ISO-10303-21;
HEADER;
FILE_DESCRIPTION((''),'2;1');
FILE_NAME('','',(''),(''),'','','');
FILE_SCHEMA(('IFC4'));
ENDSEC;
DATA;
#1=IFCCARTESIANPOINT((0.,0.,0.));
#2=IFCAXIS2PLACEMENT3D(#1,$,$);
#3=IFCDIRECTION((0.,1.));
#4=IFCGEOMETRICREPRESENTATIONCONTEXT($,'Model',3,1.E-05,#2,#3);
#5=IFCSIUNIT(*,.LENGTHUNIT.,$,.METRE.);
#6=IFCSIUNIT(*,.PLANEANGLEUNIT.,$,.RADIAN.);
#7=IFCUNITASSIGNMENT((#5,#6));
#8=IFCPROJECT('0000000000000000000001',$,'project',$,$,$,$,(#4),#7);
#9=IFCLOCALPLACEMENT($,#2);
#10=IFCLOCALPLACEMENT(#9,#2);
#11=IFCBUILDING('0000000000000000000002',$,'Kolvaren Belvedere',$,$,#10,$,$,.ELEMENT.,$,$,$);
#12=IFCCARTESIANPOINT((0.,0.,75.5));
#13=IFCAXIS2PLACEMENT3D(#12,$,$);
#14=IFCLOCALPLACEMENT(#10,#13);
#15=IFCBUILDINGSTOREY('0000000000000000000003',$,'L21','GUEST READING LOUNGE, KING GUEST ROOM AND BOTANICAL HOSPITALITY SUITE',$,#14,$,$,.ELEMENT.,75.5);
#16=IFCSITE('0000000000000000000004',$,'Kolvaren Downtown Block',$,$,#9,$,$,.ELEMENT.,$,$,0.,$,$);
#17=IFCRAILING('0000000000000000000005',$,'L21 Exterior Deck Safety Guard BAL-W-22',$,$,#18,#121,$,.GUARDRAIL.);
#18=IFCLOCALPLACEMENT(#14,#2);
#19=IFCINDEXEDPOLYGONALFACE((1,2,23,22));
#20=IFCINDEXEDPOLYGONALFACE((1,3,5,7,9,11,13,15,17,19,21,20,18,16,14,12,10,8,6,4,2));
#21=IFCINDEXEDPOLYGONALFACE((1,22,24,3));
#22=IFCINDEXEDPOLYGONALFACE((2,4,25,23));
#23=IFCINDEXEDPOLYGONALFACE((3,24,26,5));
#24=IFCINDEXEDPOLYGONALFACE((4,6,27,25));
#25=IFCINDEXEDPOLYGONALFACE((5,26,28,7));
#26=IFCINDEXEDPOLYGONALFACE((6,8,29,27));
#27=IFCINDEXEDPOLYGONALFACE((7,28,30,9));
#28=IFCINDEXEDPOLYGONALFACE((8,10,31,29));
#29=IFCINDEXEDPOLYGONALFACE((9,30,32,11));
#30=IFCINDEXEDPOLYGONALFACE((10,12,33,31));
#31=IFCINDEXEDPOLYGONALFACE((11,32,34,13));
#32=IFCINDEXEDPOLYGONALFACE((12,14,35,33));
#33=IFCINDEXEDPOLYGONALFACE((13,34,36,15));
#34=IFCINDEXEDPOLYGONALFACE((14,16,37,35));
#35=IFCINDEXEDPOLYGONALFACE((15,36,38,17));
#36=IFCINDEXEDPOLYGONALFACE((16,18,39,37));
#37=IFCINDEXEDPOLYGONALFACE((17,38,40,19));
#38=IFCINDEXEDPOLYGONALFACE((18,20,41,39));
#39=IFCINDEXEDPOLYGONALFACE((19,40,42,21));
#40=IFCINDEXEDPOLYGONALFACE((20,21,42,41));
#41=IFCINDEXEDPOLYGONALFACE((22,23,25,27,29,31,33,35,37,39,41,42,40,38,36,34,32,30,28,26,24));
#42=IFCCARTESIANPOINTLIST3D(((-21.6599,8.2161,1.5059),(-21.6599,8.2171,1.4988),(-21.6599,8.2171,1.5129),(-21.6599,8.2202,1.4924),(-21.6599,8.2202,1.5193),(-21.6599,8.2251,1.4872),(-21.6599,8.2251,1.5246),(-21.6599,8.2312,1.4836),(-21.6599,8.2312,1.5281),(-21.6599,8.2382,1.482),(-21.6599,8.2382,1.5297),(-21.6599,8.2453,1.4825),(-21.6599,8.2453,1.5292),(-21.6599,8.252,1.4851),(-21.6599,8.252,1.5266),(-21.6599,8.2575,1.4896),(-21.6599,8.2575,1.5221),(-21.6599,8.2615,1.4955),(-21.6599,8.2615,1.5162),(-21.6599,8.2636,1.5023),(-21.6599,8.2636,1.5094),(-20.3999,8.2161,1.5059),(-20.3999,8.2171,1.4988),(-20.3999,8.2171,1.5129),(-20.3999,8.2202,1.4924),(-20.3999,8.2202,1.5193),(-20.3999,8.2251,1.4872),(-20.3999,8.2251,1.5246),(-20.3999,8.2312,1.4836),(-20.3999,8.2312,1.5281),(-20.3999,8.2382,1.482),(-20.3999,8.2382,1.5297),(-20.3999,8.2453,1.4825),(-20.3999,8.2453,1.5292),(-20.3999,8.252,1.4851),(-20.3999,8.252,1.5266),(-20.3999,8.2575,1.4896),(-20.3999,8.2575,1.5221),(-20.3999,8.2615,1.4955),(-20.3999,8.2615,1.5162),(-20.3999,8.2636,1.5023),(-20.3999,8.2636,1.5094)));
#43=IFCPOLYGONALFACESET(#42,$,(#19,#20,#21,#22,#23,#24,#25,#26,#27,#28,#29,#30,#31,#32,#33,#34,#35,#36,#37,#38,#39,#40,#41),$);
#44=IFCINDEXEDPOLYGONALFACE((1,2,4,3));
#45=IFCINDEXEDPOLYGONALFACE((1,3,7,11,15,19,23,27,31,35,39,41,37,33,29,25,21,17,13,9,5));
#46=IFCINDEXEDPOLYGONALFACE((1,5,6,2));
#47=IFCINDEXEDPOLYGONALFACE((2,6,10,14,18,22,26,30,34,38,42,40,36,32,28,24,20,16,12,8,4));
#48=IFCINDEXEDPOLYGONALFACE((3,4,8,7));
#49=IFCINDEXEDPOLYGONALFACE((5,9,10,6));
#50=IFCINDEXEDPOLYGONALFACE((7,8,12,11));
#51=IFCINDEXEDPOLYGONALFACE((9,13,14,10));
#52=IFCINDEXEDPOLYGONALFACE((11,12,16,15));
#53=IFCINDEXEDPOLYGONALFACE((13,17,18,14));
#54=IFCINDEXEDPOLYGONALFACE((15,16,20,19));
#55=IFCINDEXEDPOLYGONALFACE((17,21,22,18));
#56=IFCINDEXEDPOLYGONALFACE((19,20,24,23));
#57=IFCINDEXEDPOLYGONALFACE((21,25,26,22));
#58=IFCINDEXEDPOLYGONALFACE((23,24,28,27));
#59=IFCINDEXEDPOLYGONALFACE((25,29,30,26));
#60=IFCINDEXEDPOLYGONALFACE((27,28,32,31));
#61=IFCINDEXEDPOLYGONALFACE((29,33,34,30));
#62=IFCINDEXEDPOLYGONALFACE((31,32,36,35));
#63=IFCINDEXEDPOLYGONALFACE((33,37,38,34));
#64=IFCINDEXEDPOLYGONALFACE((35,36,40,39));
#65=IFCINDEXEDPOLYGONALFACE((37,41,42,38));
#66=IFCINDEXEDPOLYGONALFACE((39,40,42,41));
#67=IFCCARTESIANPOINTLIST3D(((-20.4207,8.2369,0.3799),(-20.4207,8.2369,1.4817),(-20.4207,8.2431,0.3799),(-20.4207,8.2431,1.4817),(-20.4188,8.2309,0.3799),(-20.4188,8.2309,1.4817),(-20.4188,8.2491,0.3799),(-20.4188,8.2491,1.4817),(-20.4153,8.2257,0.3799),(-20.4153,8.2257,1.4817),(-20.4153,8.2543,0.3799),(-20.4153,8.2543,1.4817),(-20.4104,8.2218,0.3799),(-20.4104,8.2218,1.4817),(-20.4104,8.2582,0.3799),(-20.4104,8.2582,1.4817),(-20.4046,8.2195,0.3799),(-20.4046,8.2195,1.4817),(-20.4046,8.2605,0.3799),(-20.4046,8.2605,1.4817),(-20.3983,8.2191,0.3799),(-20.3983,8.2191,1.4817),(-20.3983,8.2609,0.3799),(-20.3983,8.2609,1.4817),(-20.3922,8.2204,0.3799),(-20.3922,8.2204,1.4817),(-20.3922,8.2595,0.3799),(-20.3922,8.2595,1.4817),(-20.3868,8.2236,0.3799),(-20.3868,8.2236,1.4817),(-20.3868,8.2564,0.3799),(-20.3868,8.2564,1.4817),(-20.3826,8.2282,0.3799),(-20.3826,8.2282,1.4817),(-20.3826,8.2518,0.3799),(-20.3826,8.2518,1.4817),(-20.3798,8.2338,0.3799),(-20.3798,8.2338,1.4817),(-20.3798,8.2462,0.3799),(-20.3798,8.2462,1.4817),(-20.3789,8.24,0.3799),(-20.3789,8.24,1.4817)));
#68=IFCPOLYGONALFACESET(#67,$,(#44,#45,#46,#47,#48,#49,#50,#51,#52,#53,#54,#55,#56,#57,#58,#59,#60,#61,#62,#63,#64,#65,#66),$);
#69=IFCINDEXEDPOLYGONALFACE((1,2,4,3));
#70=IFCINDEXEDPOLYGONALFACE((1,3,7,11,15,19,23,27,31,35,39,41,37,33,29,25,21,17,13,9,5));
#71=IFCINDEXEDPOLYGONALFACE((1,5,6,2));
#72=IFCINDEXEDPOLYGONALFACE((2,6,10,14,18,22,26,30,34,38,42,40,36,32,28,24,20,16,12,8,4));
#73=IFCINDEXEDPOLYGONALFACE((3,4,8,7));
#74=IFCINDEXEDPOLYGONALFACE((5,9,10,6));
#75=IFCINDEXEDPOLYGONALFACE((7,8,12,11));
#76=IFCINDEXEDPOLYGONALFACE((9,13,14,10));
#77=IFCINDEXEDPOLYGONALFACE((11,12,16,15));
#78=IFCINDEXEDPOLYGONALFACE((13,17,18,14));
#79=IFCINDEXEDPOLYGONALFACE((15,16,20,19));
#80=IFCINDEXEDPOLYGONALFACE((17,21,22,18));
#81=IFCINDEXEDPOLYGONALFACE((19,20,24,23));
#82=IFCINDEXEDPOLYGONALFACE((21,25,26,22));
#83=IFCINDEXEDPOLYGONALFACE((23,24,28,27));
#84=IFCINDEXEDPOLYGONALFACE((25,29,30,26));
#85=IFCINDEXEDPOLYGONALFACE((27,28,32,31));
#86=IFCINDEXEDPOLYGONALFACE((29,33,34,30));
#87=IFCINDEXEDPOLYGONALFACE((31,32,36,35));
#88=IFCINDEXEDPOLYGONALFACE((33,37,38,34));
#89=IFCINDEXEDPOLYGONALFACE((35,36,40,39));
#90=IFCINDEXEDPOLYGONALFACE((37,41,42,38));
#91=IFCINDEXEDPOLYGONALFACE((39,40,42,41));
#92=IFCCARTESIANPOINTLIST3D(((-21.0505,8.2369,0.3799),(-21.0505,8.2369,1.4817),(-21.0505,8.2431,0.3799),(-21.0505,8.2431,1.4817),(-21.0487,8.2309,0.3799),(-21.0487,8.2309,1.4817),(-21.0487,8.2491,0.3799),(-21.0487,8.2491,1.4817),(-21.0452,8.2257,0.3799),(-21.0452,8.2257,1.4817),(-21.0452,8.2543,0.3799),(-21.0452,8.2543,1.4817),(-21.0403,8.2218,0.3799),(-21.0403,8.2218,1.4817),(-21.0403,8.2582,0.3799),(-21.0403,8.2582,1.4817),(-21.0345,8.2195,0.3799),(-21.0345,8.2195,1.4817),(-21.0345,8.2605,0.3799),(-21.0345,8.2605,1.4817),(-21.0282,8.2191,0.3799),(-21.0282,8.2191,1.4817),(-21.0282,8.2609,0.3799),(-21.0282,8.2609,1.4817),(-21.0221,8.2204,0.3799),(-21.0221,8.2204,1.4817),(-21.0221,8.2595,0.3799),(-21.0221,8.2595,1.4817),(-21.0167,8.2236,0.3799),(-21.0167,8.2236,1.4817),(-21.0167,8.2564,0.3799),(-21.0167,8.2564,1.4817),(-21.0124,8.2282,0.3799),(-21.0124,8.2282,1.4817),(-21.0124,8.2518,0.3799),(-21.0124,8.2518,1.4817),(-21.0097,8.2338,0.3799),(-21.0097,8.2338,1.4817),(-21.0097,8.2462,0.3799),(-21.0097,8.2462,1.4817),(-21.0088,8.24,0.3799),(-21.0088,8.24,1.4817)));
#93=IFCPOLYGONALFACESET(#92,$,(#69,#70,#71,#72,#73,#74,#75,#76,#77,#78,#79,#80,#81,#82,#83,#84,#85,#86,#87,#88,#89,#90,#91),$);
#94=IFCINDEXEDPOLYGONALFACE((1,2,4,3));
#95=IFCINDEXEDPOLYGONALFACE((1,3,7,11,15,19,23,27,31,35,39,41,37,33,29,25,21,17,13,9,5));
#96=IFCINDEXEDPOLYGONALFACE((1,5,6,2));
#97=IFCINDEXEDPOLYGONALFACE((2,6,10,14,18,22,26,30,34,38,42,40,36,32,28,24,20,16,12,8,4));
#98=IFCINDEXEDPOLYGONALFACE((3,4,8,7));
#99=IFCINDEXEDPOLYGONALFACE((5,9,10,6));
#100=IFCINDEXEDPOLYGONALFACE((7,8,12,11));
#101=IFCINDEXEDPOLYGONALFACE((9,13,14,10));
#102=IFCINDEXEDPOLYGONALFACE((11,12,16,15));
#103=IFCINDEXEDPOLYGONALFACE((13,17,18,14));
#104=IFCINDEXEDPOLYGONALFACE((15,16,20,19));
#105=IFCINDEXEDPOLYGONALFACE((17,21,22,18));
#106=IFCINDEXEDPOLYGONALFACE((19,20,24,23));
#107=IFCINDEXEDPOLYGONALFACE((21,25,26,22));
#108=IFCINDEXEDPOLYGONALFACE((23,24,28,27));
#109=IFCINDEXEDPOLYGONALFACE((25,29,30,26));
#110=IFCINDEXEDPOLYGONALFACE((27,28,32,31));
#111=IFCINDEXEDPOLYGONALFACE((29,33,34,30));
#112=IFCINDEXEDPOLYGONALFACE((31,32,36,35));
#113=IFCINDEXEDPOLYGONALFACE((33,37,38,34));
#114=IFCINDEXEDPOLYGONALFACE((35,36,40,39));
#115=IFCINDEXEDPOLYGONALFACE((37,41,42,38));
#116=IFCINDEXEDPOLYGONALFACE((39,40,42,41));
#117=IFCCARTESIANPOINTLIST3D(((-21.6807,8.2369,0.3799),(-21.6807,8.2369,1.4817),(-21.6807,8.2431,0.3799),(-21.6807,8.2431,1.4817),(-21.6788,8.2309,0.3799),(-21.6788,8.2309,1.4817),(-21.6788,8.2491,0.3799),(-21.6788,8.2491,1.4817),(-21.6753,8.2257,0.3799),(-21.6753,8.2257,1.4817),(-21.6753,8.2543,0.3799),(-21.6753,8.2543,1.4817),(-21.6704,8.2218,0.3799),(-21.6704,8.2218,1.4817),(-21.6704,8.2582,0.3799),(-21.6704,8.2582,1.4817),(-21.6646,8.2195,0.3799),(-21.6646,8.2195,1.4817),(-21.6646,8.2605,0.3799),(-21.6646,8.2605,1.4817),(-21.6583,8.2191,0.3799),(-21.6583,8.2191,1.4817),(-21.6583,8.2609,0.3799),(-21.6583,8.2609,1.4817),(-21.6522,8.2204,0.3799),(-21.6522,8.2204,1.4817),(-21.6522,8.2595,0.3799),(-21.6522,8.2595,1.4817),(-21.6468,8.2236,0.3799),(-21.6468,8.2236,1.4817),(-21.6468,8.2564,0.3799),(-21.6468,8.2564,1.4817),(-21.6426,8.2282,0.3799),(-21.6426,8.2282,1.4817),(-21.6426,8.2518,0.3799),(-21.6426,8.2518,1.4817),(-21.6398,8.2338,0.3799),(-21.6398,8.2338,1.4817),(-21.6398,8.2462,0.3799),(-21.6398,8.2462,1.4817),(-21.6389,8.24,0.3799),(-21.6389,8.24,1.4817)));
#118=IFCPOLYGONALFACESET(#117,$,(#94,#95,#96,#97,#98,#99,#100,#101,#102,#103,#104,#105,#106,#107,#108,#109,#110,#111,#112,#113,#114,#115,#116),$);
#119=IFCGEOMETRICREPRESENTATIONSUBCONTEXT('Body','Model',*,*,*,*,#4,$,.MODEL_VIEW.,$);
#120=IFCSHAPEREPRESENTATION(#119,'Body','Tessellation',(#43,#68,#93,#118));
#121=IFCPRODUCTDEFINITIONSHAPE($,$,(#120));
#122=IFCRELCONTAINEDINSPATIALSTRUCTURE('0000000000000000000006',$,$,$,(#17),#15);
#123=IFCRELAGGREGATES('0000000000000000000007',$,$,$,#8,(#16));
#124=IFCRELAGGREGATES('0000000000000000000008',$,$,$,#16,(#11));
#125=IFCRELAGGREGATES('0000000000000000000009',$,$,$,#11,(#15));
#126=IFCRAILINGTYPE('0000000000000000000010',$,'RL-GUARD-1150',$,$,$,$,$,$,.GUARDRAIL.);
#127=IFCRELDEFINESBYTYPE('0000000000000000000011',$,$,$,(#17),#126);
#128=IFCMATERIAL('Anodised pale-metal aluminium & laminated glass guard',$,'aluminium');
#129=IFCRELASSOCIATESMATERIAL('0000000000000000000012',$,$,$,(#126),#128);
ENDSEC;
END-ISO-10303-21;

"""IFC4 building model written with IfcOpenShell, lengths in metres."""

from ifc_helpers import new_model, si_unit, direction, frame, origin, origin_2d, place, context, subcontext, project, spatial, circle, extrude, material, type_object, element, save


model = new_model("IFC4")

# Units and contexts
model_context = context("Model", 3, precision=1e-05, world=origin(), true_north=direction((0.0, 1.0)))
body_context = subcontext(model_context, "Body", "Model", "MODEL_VIEW")
ifc_project = project(units=[si_unit("LENGTHUNIT", "METRE"), si_unit("PLANEANGLEUNIT", "RADIAN")], contexts=[model_context])

# Site, building, storey
site_placement = place(None, origin())
site = spatial("IfcSite", under=ifc_project, at=site_placement, Name="Kolvaren Downtown Block", CompositionType="ELEMENT", RefElevation=0.0)
building_placement = place(site_placement, origin())
building = spatial("IfcBuilding", under=site, at=building_placement, Name="Kolvaren Belvedere", CompositionType="ELEMENT")
storey_placement = place(building_placement, frame((0.0, 0.0, 75.5)))
storey = spatial("IfcBuildingStorey", under=building, at=storey_placement, Name="L21", Description="GUEST READING LOUNGE, KING GUEST ROOM AND BOTANICAL HOSPITALITY SUITE", CompositionType="ELEMENT", Elevation=75.5)

# Railing
ifc_material_1 = material(Name="Anodised pale-metal aluminium & laminated glass guard", Category="aluminium")
railing_type = type_object("IfcRailingType", Name="RL-GUARD-1150", PredefinedType="GUARDRAIL", material=ifc_material_1)
railing_1_placement = place(storey_placement, frame((-20.3999, 8.24, 0.3799)))
element("IfcRailing", 1, at=railing_1_placement, inside=storey, type_object=railing_type, Name="L21 Exterior Deck Safety Guard BAL-W-22", PredefinedType="GUARDRAIL", context=body_context, shape_type="SweptSolid", body=[
    extrude(circle(Radius=0.0239, at=origin_2d()), frame((0.0, 0.0, 1.126), z_axis=(-1.0, 0.0, 0.0), x_axis=(0.0, -1.0, 0.0)), (0.0, 0.0, 1.0), 1.26),
    extrude(circle(Radius=0.021, at=origin_2d()), origin(), (0.0, 0.0, 1.0), 1.1018),
    extrude(circle(Radius=0.021, at=origin_2d()), frame((-0.6299, 0.0, 0.0)), (0.0, 0.0, 1.0), 1.1018),
    extrude(circle(Radius=0.021, at=origin_2d()), frame((-1.26, 0.0, 0.0)), (0.0, 0.0, 1.0), 1.1018),
])

save(model, "model.ifc")
